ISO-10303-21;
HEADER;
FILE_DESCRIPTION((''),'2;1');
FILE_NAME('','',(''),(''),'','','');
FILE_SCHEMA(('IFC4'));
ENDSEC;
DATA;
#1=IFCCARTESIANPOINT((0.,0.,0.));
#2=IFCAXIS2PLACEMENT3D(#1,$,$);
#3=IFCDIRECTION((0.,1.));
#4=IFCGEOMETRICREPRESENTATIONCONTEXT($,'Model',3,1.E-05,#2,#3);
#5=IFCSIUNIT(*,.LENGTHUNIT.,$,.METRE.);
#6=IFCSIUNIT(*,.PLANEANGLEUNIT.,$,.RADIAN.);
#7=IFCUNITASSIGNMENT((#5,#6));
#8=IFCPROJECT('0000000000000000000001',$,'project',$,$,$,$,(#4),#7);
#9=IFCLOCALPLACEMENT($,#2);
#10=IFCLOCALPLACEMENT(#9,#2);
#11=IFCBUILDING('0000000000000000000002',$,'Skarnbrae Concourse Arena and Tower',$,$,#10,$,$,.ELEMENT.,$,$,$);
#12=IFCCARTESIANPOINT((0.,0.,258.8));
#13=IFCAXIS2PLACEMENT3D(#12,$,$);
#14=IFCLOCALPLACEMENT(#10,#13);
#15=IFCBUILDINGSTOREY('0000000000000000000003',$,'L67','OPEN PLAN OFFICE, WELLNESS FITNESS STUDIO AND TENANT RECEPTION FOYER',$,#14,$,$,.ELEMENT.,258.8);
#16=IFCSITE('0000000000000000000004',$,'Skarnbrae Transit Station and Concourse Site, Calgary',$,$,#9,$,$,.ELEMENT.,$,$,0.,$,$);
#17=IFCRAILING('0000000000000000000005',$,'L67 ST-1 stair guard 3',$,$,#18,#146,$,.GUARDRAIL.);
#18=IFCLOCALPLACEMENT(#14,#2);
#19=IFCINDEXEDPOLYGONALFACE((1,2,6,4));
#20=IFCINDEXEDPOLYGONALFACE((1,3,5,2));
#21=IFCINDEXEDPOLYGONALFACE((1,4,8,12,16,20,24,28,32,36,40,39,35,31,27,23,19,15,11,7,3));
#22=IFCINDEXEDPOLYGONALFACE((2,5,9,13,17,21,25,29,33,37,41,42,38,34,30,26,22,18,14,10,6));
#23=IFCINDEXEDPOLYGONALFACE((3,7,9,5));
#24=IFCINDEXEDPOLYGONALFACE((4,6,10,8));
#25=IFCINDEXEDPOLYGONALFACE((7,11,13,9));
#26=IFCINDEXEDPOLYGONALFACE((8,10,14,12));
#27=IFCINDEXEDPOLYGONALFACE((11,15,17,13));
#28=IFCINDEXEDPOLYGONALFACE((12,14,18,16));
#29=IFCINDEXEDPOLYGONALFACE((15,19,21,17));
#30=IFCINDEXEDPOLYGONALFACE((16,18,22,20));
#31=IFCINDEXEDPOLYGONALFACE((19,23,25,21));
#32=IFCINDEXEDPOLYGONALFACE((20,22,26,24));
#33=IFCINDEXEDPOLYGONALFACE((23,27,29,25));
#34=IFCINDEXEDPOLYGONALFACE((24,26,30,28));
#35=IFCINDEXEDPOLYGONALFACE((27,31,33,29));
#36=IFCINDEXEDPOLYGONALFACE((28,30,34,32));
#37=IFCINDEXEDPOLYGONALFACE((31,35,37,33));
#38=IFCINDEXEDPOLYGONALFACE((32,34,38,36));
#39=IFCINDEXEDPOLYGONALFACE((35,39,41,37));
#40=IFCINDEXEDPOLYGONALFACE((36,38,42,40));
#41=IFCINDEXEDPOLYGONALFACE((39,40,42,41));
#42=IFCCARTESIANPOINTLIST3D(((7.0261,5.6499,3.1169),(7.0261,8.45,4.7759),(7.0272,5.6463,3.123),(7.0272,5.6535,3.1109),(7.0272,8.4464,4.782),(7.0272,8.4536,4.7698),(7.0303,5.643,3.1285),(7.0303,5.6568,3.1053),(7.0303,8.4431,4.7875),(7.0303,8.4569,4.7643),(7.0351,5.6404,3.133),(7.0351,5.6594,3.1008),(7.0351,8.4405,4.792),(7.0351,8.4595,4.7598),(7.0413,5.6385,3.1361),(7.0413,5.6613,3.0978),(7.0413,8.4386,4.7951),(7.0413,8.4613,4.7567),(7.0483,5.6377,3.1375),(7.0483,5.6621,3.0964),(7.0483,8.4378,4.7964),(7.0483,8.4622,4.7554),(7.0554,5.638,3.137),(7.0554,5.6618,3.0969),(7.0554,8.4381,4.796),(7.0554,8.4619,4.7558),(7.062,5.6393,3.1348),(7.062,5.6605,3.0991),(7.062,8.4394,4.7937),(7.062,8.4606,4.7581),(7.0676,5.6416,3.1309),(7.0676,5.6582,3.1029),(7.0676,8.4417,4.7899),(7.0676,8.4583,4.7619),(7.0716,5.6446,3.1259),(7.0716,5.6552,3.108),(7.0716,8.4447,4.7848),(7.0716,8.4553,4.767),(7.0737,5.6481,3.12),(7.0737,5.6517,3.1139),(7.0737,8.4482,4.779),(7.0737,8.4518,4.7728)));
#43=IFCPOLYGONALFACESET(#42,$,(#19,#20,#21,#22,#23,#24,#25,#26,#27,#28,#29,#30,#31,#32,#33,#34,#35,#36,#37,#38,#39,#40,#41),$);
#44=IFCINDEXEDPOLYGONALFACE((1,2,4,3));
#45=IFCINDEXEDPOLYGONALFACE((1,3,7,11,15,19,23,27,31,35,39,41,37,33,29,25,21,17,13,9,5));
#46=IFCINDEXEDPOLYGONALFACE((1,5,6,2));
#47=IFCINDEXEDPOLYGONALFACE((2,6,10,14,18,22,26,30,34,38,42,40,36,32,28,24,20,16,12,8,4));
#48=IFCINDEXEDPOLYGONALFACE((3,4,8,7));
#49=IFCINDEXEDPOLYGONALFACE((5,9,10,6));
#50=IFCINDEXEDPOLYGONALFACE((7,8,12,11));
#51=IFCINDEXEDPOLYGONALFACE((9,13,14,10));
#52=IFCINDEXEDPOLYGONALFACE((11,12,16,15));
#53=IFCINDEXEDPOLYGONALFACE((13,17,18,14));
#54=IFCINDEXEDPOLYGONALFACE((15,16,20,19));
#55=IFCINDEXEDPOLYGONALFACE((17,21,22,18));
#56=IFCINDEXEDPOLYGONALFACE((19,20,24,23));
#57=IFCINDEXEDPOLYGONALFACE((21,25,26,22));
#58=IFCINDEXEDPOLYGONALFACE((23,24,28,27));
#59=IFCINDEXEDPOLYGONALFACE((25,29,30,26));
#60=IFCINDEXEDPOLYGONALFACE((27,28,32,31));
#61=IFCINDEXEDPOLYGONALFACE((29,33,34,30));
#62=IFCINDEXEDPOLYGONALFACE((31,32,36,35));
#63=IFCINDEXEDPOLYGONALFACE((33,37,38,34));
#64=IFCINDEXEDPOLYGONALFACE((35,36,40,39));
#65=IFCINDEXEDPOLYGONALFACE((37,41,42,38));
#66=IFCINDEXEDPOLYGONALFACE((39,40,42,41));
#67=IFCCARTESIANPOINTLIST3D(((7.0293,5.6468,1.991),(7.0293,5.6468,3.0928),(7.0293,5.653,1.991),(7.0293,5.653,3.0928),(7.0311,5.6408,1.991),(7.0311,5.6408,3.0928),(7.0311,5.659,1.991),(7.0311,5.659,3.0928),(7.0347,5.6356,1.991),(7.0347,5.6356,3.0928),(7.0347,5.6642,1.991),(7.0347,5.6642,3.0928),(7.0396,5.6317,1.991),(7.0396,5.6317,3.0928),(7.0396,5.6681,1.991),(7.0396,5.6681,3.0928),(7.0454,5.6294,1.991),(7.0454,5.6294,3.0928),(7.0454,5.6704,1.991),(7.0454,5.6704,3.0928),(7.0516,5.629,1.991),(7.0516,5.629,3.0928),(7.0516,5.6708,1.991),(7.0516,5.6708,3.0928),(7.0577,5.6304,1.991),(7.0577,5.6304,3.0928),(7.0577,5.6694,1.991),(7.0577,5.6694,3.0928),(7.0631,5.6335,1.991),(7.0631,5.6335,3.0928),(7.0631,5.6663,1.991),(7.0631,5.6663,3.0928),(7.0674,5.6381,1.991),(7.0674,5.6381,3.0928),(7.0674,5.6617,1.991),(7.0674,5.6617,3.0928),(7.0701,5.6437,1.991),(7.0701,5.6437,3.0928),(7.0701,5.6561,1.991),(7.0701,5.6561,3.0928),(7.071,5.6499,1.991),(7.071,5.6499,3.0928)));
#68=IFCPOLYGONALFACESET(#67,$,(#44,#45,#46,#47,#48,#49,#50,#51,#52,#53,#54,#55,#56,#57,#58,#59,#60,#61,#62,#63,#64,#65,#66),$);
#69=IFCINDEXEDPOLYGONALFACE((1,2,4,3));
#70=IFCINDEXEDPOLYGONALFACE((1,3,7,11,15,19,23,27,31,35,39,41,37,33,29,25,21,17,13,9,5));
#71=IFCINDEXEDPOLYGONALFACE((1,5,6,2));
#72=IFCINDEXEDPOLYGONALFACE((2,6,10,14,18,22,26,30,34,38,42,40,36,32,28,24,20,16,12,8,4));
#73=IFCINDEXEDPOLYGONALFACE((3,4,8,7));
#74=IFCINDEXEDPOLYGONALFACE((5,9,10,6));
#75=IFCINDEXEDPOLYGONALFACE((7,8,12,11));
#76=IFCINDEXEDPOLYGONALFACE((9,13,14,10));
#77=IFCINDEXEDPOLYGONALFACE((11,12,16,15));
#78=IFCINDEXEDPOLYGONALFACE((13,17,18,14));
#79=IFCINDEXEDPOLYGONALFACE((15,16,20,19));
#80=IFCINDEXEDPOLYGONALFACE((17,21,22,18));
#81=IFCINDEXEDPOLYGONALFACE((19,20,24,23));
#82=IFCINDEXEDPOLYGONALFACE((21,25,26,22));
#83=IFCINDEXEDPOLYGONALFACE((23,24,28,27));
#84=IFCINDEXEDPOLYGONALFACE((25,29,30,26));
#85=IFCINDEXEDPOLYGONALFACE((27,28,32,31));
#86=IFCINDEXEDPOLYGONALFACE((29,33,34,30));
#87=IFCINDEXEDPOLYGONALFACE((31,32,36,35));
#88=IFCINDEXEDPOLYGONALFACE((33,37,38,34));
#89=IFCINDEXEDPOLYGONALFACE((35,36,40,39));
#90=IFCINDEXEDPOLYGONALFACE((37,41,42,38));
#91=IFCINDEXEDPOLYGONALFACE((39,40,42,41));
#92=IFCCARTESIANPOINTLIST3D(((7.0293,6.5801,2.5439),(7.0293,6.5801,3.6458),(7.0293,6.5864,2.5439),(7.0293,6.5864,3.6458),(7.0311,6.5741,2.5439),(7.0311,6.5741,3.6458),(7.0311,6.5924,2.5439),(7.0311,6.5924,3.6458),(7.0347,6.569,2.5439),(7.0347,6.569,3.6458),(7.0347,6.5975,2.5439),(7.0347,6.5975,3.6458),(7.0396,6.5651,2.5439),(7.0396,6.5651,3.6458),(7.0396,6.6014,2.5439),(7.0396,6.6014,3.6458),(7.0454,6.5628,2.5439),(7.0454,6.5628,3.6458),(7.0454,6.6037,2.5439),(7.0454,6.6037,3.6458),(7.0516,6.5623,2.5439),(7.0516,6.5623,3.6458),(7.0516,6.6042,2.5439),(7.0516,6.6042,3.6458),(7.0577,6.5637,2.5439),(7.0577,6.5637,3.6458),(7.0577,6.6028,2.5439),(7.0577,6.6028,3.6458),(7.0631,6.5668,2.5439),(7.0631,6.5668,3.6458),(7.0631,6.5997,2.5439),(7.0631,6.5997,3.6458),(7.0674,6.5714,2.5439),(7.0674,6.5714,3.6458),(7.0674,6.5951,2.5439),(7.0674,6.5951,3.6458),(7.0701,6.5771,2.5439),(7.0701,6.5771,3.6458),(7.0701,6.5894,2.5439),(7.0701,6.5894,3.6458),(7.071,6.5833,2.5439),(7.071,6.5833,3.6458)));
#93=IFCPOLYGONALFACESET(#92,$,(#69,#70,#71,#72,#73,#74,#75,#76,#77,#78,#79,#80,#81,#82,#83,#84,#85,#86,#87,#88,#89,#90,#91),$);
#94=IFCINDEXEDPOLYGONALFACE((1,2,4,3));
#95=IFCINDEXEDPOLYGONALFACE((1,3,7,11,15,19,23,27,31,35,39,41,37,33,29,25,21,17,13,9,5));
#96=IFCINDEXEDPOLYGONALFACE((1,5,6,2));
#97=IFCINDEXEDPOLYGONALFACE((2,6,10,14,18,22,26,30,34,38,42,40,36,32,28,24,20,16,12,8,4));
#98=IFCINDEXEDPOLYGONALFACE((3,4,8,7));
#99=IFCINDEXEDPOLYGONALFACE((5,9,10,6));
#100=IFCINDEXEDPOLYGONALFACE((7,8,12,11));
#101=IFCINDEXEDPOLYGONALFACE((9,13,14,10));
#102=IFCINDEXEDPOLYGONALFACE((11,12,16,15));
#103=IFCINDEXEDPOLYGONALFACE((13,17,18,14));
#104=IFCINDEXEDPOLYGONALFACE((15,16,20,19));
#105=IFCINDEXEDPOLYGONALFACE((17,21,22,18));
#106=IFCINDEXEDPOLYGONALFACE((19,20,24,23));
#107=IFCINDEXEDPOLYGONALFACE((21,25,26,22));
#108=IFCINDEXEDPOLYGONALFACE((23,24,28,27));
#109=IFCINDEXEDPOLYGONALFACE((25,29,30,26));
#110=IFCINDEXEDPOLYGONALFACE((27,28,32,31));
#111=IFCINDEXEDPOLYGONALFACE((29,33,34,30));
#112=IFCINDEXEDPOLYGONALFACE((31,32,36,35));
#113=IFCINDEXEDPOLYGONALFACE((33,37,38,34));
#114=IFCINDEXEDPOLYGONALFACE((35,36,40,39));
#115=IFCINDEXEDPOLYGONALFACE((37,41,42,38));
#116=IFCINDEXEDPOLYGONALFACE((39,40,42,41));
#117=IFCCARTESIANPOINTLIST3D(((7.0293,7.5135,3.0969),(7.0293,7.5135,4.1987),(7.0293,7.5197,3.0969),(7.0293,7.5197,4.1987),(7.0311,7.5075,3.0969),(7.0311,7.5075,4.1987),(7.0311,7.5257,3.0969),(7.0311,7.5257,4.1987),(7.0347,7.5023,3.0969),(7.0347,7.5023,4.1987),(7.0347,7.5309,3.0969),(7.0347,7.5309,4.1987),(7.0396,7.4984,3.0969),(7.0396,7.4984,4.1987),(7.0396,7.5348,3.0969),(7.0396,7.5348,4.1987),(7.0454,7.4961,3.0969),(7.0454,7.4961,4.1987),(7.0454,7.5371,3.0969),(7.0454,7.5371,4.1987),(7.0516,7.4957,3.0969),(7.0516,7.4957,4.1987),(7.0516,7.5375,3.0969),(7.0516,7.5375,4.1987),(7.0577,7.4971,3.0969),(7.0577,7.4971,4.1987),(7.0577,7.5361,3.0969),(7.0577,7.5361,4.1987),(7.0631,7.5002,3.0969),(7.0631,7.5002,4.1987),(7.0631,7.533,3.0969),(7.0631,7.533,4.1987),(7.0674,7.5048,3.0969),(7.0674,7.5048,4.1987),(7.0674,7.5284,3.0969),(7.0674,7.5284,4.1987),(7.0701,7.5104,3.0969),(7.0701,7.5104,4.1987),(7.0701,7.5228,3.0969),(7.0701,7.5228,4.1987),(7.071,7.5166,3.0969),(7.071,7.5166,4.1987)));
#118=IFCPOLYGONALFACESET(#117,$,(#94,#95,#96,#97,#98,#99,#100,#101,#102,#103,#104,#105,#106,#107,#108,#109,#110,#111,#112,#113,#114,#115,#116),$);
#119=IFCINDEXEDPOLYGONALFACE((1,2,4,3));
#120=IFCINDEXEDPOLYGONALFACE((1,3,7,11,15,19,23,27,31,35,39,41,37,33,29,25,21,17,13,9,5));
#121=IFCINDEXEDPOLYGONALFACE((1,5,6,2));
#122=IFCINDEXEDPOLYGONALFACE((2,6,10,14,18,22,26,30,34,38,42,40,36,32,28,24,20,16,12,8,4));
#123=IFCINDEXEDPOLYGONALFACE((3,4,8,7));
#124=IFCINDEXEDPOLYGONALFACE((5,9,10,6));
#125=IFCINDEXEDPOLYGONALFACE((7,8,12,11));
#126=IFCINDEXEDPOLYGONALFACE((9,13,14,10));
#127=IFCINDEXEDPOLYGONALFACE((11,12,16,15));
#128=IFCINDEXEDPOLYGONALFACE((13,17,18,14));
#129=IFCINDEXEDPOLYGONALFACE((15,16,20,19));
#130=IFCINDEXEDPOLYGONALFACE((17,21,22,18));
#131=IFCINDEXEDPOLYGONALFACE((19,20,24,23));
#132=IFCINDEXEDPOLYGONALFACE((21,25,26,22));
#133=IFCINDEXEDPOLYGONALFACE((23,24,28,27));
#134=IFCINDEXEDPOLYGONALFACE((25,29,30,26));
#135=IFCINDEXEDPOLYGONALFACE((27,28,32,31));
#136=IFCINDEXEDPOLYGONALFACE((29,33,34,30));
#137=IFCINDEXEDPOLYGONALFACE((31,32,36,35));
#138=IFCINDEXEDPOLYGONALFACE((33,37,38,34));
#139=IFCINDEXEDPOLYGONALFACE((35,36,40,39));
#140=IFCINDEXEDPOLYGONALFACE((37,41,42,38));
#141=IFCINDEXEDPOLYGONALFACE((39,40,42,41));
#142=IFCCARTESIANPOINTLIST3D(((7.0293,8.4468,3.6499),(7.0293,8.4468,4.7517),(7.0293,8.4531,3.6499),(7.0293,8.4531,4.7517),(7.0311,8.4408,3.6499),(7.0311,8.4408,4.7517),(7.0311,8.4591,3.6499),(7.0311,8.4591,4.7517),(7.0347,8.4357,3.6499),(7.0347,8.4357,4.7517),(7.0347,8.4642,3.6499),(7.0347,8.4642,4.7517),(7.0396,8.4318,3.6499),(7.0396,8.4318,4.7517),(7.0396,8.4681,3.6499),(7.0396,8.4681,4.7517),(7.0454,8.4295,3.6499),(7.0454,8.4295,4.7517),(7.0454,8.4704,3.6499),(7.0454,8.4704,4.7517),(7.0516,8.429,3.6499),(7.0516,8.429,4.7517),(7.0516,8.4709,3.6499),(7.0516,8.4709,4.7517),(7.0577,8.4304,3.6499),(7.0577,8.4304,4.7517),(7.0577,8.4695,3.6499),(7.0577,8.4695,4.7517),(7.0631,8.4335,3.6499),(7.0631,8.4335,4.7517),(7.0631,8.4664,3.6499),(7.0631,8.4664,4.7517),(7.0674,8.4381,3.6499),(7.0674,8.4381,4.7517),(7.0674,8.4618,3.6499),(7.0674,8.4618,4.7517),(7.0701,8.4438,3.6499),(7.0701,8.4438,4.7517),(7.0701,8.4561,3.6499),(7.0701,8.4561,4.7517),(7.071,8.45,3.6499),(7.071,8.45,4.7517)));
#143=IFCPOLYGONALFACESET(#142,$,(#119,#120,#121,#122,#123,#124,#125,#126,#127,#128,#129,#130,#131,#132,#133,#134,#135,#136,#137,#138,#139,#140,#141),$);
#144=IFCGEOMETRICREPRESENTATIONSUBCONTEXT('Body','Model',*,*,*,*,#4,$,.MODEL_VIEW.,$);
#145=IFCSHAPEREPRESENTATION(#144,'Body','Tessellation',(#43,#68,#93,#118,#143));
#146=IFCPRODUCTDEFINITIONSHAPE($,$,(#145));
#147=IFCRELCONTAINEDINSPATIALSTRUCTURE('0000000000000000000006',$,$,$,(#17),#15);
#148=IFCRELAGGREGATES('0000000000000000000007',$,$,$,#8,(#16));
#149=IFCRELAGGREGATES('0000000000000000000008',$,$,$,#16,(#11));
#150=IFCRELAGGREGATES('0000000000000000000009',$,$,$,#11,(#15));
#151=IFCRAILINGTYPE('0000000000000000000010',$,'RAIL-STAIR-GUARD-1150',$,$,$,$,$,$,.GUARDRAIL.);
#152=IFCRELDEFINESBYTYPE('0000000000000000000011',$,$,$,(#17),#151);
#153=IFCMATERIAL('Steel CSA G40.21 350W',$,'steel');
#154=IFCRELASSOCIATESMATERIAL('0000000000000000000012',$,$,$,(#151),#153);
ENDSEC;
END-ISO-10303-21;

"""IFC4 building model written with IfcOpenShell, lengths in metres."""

from ifc_helpers import new_model, si_unit, direction, frame, origin, origin_2d, place, context, subcontext, project, spatial, circle, extrude, material, type_object, element, save


model = new_model("IFC4")

# Units and contexts
model_context = context("Model", 3, precision=1e-05, world=origin(), true_north=direction((0.0, 1.0)))
body_context = subcontext(model_context, "Body", "Model", "MODEL_VIEW")
ifc_project = project(units=[si_unit("LENGTHUNIT", "METRE"), si_unit("PLANEANGLEUNIT", "RADIAN")], contexts=[model_context])

# Site, building, storey
site_placement = place(None, origin())
site = spatial("IfcSite", under=ifc_project, at=site_placement, Name="Skarnbrae Transit Station and Concourse Site, Calgary", CompositionType="ELEMENT", RefElevation=0.0)
building_placement = place(site_placement, origin())
building = spatial("IfcBuilding", under=site, at=building_placement, Name="Skarnbrae Concourse Arena and Tower", CompositionType="ELEMENT")
storey_placement = place(building_placement, frame((0.0, 0.0, 258.8)))
storey = spatial("IfcBuildingStorey", under=building, at=storey_placement, Name="L67", Description="OPEN PLAN OFFICE, WELLNESS FITNESS STUDIO AND TENANT RECEPTION FOYER", CompositionType="ELEMENT", Elevation=258.8)

# Shared definitions
ifc_material_1 = material(Name="Steel CSA G40.21 350W", Category="steel")

# Railing
railing_type_1 = type_object("IfcRailingType", Name="RAIL-STAIR-GUARD-1150", PredefinedType="GUARDRAIL", material=ifc_material_1)
railing_1_placement = place(storey_placement, frame((7.05, 5.6499, 1.991)))
element("IfcRailing", 1, at=railing_1_placement, inside=storey, type_object=railing_type_1, Name="L67 ST-1 stair guard 3", PredefinedType="GUARDRAIL", context=body_context, shape_type="SweptSolid", body=[
    extrude(circle(Radius=0.0239, at=origin_2d()), frame((0.0, 0.0, 1.126), z_axis=(0.0, 0.860339, 0.509722), x_axis=(-1.0, 0.0, 0.0)), (0.0, 0.0, 1.0), 3.2546),
    extrude(circle(Radius=0.021, at=origin_2d()), origin(), (0.0, 0.0, 1.0), 1.1018),
    extrude(circle(Radius=0.021, at=origin_2d()), frame((0.0, 0.9333, 0.553)), (0.0, 0.0, 1.0), 1.1018),
    extrude(circle(Radius=0.021, at=origin_2d()), frame((0.0, 1.8667, 1.106)), (0.0, 0.0, 1.0), 1.1018),
    extrude(circle(Radius=0.021, at=origin_2d()), frame((0.0, 2.8, 1.6589)), (0.0, 0.0, 1.0), 1.1018),
])

save(model, "model.ifc")
